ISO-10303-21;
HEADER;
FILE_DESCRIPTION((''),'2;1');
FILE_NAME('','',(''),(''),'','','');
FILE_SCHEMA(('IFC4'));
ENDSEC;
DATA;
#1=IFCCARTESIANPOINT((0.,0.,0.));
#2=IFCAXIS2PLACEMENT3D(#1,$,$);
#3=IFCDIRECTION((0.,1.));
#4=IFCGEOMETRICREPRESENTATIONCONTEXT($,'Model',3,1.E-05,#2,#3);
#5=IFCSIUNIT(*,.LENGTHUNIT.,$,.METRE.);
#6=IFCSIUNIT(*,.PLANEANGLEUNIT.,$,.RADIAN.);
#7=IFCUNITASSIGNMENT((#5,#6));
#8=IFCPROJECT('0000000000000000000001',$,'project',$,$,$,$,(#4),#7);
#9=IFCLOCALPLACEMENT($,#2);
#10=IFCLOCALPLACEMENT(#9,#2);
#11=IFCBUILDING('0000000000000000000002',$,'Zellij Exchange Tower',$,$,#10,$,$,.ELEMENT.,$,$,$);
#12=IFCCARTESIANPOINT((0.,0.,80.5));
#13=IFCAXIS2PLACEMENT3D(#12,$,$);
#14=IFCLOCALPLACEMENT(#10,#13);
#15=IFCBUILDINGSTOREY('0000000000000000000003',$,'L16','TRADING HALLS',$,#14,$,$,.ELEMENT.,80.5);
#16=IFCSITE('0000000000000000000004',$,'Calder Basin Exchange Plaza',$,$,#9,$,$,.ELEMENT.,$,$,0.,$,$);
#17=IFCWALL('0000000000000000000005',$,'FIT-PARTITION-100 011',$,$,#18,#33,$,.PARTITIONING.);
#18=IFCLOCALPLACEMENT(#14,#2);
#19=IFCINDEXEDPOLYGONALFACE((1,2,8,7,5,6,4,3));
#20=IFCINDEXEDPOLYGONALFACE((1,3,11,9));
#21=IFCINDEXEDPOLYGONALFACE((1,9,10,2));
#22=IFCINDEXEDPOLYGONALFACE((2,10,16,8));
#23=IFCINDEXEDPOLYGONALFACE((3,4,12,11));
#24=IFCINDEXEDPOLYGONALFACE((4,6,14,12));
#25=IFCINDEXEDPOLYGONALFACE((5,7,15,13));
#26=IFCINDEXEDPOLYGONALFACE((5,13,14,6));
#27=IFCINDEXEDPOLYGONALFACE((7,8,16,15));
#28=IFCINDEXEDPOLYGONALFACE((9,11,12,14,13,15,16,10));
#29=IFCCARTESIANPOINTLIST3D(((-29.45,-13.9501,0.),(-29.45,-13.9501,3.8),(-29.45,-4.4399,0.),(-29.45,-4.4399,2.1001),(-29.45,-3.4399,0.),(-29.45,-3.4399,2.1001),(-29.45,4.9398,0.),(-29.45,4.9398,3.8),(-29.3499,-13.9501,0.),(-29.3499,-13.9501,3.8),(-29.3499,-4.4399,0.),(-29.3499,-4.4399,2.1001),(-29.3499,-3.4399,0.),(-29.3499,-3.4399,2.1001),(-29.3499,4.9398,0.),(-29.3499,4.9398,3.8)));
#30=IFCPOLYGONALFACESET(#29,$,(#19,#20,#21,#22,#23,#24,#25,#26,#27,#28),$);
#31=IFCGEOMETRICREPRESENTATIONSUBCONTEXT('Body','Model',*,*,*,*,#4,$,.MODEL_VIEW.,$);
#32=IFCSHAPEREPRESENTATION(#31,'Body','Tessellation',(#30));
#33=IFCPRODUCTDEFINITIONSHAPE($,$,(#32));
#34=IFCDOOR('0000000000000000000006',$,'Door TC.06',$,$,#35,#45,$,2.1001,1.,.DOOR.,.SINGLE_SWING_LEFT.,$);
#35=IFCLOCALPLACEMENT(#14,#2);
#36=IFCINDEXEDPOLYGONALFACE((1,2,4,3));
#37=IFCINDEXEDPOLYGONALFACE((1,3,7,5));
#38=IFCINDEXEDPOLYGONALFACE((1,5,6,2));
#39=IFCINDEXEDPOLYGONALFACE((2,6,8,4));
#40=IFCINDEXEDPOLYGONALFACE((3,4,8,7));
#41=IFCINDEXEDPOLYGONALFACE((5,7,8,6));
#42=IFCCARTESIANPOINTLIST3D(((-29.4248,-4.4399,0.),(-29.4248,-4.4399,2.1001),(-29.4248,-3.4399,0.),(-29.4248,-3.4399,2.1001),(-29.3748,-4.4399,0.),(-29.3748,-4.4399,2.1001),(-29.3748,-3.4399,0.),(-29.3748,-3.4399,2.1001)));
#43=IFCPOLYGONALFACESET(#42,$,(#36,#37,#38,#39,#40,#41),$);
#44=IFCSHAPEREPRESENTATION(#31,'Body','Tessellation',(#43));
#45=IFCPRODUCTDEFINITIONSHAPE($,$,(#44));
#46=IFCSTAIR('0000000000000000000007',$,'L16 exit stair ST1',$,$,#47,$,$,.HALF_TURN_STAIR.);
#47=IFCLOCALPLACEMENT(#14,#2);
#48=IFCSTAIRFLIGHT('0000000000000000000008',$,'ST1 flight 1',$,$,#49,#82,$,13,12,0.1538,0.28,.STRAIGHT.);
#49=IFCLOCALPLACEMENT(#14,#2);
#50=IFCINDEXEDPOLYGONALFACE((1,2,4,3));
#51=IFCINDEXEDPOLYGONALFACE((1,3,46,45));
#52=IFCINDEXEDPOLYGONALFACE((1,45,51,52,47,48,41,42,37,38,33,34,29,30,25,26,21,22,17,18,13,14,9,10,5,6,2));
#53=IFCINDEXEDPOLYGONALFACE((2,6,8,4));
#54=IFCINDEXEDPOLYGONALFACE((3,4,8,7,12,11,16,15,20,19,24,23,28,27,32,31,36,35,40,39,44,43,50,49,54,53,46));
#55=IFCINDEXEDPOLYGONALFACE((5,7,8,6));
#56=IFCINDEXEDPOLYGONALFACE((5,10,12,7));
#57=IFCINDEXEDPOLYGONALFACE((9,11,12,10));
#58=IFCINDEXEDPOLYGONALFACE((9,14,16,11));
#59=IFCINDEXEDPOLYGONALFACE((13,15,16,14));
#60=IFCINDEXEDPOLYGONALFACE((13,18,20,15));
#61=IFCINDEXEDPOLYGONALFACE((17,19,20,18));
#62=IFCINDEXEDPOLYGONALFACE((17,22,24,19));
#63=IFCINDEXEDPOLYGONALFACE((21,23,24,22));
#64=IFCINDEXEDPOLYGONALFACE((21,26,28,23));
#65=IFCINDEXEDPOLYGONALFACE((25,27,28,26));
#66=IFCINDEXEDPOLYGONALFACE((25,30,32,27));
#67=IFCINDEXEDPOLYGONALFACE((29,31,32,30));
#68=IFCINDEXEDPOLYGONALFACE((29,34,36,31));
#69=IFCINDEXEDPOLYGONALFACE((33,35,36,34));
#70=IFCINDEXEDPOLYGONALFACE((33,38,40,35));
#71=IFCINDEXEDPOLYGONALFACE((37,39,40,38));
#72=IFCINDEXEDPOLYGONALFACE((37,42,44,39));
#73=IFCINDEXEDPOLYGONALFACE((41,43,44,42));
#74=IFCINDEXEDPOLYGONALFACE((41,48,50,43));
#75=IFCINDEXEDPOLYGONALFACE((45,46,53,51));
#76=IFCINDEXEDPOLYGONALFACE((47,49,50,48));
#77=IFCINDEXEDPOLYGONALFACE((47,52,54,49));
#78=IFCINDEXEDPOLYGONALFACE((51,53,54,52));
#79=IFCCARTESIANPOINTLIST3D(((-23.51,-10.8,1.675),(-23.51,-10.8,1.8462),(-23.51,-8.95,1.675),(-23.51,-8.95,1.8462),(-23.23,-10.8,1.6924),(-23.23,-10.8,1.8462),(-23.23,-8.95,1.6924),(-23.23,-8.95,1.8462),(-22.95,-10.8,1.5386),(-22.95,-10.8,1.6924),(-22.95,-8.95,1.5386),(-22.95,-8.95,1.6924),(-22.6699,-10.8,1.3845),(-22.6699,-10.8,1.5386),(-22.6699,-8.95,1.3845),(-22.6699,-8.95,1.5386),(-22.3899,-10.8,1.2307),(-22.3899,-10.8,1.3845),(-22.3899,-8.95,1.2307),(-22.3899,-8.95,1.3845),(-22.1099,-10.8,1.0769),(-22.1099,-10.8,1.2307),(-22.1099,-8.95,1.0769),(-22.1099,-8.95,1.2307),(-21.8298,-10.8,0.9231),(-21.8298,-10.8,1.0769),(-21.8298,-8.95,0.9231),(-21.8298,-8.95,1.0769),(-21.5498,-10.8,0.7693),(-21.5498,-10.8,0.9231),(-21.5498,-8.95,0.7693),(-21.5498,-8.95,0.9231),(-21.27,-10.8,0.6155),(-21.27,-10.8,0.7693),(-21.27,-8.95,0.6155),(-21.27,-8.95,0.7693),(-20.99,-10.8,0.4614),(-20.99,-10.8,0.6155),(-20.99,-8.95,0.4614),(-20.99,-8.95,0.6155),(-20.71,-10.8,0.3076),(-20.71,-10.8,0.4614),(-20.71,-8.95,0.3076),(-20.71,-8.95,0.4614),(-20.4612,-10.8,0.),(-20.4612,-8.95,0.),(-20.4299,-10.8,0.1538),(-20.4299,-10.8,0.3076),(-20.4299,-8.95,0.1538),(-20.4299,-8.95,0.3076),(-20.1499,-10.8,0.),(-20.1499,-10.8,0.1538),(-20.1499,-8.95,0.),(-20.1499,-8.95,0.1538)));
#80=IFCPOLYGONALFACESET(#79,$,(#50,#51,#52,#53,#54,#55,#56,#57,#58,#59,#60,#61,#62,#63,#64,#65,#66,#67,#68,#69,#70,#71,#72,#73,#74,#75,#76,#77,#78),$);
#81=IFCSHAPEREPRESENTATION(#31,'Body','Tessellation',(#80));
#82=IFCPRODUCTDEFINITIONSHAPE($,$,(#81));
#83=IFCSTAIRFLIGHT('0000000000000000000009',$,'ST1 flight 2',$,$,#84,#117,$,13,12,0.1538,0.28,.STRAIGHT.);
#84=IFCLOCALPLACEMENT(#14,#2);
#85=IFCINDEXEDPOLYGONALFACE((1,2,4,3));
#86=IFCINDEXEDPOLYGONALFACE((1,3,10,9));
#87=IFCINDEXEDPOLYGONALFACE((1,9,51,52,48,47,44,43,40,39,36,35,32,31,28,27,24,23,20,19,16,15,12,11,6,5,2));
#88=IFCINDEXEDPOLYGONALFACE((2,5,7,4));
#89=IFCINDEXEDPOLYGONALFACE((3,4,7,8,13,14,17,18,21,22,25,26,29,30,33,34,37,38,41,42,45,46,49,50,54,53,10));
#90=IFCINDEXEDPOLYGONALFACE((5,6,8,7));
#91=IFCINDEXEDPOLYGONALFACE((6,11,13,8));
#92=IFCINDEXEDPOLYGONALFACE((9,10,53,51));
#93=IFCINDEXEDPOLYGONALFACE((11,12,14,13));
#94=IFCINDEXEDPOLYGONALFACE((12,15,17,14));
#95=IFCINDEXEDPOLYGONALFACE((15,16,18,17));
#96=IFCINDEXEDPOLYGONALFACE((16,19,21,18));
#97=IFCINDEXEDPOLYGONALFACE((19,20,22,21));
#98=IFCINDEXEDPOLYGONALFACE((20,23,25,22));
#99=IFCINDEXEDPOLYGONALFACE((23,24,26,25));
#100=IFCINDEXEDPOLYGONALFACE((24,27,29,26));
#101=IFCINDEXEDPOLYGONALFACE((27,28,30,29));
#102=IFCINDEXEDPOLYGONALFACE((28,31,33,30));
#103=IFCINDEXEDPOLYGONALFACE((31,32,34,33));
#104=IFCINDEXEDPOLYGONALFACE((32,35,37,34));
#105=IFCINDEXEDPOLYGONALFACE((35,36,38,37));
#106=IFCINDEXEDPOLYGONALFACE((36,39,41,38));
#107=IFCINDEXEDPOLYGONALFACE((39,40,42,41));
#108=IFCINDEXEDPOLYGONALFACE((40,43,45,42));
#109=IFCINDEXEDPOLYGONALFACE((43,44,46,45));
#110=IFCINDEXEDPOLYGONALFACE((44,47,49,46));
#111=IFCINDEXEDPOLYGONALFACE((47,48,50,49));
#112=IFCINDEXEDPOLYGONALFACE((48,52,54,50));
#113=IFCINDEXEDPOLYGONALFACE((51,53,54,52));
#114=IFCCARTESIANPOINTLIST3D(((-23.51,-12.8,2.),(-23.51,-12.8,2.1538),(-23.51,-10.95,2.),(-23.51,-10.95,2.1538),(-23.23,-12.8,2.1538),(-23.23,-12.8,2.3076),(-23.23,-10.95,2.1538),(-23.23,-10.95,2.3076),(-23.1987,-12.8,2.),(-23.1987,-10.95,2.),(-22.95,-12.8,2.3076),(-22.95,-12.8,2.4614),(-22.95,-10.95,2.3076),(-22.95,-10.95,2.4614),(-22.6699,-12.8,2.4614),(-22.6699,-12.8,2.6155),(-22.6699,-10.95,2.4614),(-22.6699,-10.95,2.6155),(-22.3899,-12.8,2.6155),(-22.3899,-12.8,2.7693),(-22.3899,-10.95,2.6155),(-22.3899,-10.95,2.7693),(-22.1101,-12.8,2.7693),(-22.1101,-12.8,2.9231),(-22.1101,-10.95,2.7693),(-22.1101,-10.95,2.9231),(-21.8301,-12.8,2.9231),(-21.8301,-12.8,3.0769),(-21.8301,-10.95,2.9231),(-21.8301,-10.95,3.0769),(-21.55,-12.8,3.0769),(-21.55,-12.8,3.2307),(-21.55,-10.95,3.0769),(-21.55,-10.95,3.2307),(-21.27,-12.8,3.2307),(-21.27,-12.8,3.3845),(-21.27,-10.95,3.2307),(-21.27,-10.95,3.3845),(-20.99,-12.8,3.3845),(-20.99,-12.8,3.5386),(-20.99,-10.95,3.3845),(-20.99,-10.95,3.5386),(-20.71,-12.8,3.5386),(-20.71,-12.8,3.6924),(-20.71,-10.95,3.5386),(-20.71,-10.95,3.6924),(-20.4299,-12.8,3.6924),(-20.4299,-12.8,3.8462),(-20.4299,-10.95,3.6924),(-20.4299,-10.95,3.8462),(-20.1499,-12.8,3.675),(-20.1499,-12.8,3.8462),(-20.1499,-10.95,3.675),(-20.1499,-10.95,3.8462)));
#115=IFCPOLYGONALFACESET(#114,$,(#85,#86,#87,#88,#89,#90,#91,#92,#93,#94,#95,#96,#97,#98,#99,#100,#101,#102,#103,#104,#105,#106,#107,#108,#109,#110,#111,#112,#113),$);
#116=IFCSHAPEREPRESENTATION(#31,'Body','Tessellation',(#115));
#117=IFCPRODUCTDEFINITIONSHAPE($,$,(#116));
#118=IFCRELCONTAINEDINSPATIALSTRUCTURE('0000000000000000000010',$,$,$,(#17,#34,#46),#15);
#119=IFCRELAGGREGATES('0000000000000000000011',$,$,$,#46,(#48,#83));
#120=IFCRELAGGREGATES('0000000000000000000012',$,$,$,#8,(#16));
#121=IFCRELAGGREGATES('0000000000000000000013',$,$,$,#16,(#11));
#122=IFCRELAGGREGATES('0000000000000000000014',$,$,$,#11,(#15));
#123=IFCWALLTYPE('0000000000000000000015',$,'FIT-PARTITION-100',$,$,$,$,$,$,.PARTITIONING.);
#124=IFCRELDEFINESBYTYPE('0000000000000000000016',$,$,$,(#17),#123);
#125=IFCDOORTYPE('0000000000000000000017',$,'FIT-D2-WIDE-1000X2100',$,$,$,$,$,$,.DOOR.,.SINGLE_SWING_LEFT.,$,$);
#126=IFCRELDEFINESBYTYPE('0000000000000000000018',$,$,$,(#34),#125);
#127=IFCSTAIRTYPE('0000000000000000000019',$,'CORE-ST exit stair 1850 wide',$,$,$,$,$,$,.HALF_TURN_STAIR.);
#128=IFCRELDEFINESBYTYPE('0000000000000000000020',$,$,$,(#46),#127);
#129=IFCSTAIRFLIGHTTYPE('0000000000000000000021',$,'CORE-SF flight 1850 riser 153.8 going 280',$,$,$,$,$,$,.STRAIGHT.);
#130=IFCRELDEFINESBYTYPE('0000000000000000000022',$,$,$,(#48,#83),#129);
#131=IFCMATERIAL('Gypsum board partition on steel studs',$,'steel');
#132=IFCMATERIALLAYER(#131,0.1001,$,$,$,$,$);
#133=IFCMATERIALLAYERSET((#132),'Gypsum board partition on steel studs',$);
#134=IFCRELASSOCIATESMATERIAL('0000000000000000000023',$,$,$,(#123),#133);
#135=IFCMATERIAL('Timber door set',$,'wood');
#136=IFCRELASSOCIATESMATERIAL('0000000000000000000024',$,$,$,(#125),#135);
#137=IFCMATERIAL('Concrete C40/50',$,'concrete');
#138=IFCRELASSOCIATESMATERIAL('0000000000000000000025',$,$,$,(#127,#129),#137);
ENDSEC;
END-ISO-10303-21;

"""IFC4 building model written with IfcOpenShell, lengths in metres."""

from ifc_helpers import new_model, si_unit, direction, frame, frame_2d, origin, place, context, subcontext, project, spatial, polyline, rectangle, outline, extrude, material, layer, layer_set, type_object, element, fill, aggregate, save


model = new_model("IFC4")

# Units and contexts
model_context = context("Model", 3, precision=1e-05, world=origin(), true_north=direction((0.0, 1.0)))
body_context = subcontext(model_context, "Body", "Model", "MODEL_VIEW")
ifc_project = project(units=[si_unit("LENGTHUNIT", "METRE"), si_unit("PLANEANGLEUNIT", "RADIAN")], contexts=[model_context])

# Site, building, storey
site_placement = place(None, origin())
site = spatial("IfcSite", under=ifc_project, at=site_placement, Name="Calder Basin Exchange Plaza", CompositionType="ELEMENT", RefElevation=0.0)
building_placement = place(site_placement, origin())
building = spatial("IfcBuilding", under=site, at=building_placement, Name="Zellij Exchange Tower", CompositionType="ELEMENT")
storey_placement = place(building_placement, frame((0.0, 0.0, 80.5)))
storey = spatial("IfcBuildingStorey", under=building, at=storey_placement, Name="L16", Description="TRADING HALLS", CompositionType="ELEMENT", Elevation=80.5)

# Shared definitions
ifc_material_1 = material(Name="Gypsum board partition on steel studs", Category="steel")
ifc_layer_1 = layer(ifc_material_1, 0.1001)
ifc_layer_set_1 = layer_set([ifc_layer_1], Name="Gypsum board partition on steel studs")
wall_type_1 = type_object("IfcWallType", Name="FIT-PARTITION-100", PredefinedType="PARTITIONING", material=ifc_layer_set_1)
ifc_material_2 = material(Name="Timber door set", Category="wood")

# Wall, opening, door
wall_1_placement = place(storey_placement, frame((-29.3999, -13.95, 0.0), z_axis=(0.0, 0.0, 1.0), x_axis=(0.0, 1.0, 0.0)))
wall_1 = element("IfcWall", 1, at=wall_1_placement, inside=storey, type_object=wall_type_1, Name="FIT-PARTITION-100 011", PredefinedType="PARTITIONING", context=body_context, shape_type="SweptSolid", body=[
    extrude(rectangle(XDim=18.8899, YDim=0.1001, at=frame_2d((9.4448, 0.0))), origin(), (0.0, 0.0, 1.0), 3.8),
])
opening_1_placement = place(wall_1_placement, frame((9.51, 0.0, 0.0)))
opening_1 = element("IfcOpeningElement", 2, at=opening_1_placement, cuts=wall_1, PredefinedType="OPENING", context=body_context, shape_type="SweptSolid", body=[
    extrude(rectangle(XDim=1.0, YDim=2.1001, at=frame_2d((0.5, 1.05))), frame((0.0, 0.062, 0.0), z_axis=(0.0, -1.0, 0.0), x_axis=(1.0, 0.0, 0.0)), (0.0, 0.0, 1.0), 0.124),
])
door_type_1 = type_object("IfcDoorType", Name="FIT-D2-WIDE-1000X2100", OperationType="SINGLE_SWING_LEFT", PredefinedType="DOOR", material=ifc_material_2)
door_1_placement = place(opening_1_placement, origin())
door_1 = element("IfcDoor", 3, at=door_1_placement, inside=storey, type_object=door_type_1, Name="Door TC.06", OperationType="SINGLE_SWING_LEFT", OverallHeight=2.1001, OverallWidth=1.0, PredefinedType="DOOR", context=body_context, shape_type="SweptSolid", body=[
    extrude(rectangle(XDim=1.0, YDim=2.1001, at=frame_2d((0.5, 1.05))), frame((0.0, 0.0249, 0.0), z_axis=(0.0, -1.0, 0.0), x_axis=(1.0, 0.0, 0.0)), (0.0, 0.0, 1.0), 0.05),
])
fill(opening_1, door_1)

# Stair, stair flights
ifc_material_3 = material(Name="Concrete C40/50", Category="concrete")
stair_type = type_object("IfcStairType", Name="CORE-ST exit stair 1850 wide", PredefinedType="HALF_TURN_STAIR", material=ifc_material_3)
stair_placement = place(storey_placement, origin())
stair = element("IfcStair", 4, at=stair_placement, inside=storey, type_object=stair_type, Name="L16 exit stair ST1", PredefinedType="HALF_TURN_STAIR")
stair_flight_type = type_object("IfcStairFlightType", Name="CORE-SF flight 1850 riser 153.8 going 280", PredefinedType="STRAIGHT", material=ifc_material_3)
stair_flight_1_placement = place(storey_placement, frame((-20.1499, -9.875, 0.0), z_axis=(0.0, 0.0, 1.0), x_axis=(-1.0, 0.0, 0.0)))
stair_flight_1 = element("IfcStairFlight", 5, at=stair_flight_1_placement, type_object=stair_flight_type, Name="ST1 flight 1", NumberOfRisers=13, NumberOfTreads=12, PredefinedType="STRAIGHT", RiserHeight=0.1538, TreadLength=0.28, context=body_context, shape_type="SweptSolid", body=[
    extrude(outline(polyline([(0.0, 0.0), (0.0, 0.1538), (0.28, 0.1538), (0.28, 0.3076), (0.5601, 0.3076), (0.5601, 0.4614), (0.8401, 0.4614), (0.8401, 0.6155), (1.1201, 0.6155), (1.1201, 0.7693), (1.3999, 0.7693), (1.3999, 0.9231), (1.6799, 0.9231), (1.6799, 1.0769), (1.96, 1.0769), (1.96, 1.2307), (2.24, 1.2307), (2.24, 1.3845), (2.52, 1.3845), (2.52, 1.5386), (2.8, 1.5386), (2.8, 1.6924), (3.0801, 1.6924), (3.0801, 1.8462), (3.3601, 1.8462), (3.3601, 2.0), (3.3601, 1.675), (0.3113, 0.0), (0.0, 0.0)])), frame((0.0, 0.925, 0.0), z_axis=(0.0, -1.0, 0.0), x_axis=(1.0, 0.0, 0.0)), (0.0, 0.0, 1.0), 1.8501),
])
stair_flight_2_placement = place(storey_placement, frame((-23.51, -11.875, 2.0), z_axis=(0.0, 0.0, 1.0), x_axis=(1.0, 0.0, 0.0)))
stair_flight_2 = element("IfcStairFlight", 6, at=stair_flight_2_placement, type_object=stair_flight_type, Name="ST1 flight 2", NumberOfRisers=13, NumberOfTreads=12, PredefinedType="STRAIGHT", RiserHeight=0.1538, TreadLength=0.28, context=body_context, shape_type="SweptSolid", body=[
    extrude(outline(polyline([(0.0, 0.0), (0.0, 0.1538), (0.28, 0.1538), (0.28, 0.3076), (0.5601, 0.3076), (0.5601, 0.4614), (0.8401, 0.4614), (0.8401, 0.6155), (1.1201, 0.6155), (1.1201, 0.7693), (1.3999, 0.7693), (1.3999, 0.9231), (1.6799, 0.9231), (1.6799, 1.0769), (1.96, 1.0769), (1.96, 1.2307), (2.24, 1.2307), (2.24, 1.3845), (2.52, 1.3845), (2.52, 1.5386), (2.8, 1.5386), (2.8, 1.6924), (3.0801, 1.6924), (3.0801, 1.8462), (3.3601, 1.8462), (3.3601, 2.0), (3.3601, 1.675), (0.3113, 0.0), (0.0, 0.0)])), frame((0.0, 0.925, 0.0), z_axis=(0.0, -1.0, 0.0), x_axis=(1.0, 0.0, 0.0)), (0.0, 0.0, 1.0), 1.8501),
])
aggregate(stair, [stair_flight_1, stair_flight_2])

save(model, "model.ifc")
